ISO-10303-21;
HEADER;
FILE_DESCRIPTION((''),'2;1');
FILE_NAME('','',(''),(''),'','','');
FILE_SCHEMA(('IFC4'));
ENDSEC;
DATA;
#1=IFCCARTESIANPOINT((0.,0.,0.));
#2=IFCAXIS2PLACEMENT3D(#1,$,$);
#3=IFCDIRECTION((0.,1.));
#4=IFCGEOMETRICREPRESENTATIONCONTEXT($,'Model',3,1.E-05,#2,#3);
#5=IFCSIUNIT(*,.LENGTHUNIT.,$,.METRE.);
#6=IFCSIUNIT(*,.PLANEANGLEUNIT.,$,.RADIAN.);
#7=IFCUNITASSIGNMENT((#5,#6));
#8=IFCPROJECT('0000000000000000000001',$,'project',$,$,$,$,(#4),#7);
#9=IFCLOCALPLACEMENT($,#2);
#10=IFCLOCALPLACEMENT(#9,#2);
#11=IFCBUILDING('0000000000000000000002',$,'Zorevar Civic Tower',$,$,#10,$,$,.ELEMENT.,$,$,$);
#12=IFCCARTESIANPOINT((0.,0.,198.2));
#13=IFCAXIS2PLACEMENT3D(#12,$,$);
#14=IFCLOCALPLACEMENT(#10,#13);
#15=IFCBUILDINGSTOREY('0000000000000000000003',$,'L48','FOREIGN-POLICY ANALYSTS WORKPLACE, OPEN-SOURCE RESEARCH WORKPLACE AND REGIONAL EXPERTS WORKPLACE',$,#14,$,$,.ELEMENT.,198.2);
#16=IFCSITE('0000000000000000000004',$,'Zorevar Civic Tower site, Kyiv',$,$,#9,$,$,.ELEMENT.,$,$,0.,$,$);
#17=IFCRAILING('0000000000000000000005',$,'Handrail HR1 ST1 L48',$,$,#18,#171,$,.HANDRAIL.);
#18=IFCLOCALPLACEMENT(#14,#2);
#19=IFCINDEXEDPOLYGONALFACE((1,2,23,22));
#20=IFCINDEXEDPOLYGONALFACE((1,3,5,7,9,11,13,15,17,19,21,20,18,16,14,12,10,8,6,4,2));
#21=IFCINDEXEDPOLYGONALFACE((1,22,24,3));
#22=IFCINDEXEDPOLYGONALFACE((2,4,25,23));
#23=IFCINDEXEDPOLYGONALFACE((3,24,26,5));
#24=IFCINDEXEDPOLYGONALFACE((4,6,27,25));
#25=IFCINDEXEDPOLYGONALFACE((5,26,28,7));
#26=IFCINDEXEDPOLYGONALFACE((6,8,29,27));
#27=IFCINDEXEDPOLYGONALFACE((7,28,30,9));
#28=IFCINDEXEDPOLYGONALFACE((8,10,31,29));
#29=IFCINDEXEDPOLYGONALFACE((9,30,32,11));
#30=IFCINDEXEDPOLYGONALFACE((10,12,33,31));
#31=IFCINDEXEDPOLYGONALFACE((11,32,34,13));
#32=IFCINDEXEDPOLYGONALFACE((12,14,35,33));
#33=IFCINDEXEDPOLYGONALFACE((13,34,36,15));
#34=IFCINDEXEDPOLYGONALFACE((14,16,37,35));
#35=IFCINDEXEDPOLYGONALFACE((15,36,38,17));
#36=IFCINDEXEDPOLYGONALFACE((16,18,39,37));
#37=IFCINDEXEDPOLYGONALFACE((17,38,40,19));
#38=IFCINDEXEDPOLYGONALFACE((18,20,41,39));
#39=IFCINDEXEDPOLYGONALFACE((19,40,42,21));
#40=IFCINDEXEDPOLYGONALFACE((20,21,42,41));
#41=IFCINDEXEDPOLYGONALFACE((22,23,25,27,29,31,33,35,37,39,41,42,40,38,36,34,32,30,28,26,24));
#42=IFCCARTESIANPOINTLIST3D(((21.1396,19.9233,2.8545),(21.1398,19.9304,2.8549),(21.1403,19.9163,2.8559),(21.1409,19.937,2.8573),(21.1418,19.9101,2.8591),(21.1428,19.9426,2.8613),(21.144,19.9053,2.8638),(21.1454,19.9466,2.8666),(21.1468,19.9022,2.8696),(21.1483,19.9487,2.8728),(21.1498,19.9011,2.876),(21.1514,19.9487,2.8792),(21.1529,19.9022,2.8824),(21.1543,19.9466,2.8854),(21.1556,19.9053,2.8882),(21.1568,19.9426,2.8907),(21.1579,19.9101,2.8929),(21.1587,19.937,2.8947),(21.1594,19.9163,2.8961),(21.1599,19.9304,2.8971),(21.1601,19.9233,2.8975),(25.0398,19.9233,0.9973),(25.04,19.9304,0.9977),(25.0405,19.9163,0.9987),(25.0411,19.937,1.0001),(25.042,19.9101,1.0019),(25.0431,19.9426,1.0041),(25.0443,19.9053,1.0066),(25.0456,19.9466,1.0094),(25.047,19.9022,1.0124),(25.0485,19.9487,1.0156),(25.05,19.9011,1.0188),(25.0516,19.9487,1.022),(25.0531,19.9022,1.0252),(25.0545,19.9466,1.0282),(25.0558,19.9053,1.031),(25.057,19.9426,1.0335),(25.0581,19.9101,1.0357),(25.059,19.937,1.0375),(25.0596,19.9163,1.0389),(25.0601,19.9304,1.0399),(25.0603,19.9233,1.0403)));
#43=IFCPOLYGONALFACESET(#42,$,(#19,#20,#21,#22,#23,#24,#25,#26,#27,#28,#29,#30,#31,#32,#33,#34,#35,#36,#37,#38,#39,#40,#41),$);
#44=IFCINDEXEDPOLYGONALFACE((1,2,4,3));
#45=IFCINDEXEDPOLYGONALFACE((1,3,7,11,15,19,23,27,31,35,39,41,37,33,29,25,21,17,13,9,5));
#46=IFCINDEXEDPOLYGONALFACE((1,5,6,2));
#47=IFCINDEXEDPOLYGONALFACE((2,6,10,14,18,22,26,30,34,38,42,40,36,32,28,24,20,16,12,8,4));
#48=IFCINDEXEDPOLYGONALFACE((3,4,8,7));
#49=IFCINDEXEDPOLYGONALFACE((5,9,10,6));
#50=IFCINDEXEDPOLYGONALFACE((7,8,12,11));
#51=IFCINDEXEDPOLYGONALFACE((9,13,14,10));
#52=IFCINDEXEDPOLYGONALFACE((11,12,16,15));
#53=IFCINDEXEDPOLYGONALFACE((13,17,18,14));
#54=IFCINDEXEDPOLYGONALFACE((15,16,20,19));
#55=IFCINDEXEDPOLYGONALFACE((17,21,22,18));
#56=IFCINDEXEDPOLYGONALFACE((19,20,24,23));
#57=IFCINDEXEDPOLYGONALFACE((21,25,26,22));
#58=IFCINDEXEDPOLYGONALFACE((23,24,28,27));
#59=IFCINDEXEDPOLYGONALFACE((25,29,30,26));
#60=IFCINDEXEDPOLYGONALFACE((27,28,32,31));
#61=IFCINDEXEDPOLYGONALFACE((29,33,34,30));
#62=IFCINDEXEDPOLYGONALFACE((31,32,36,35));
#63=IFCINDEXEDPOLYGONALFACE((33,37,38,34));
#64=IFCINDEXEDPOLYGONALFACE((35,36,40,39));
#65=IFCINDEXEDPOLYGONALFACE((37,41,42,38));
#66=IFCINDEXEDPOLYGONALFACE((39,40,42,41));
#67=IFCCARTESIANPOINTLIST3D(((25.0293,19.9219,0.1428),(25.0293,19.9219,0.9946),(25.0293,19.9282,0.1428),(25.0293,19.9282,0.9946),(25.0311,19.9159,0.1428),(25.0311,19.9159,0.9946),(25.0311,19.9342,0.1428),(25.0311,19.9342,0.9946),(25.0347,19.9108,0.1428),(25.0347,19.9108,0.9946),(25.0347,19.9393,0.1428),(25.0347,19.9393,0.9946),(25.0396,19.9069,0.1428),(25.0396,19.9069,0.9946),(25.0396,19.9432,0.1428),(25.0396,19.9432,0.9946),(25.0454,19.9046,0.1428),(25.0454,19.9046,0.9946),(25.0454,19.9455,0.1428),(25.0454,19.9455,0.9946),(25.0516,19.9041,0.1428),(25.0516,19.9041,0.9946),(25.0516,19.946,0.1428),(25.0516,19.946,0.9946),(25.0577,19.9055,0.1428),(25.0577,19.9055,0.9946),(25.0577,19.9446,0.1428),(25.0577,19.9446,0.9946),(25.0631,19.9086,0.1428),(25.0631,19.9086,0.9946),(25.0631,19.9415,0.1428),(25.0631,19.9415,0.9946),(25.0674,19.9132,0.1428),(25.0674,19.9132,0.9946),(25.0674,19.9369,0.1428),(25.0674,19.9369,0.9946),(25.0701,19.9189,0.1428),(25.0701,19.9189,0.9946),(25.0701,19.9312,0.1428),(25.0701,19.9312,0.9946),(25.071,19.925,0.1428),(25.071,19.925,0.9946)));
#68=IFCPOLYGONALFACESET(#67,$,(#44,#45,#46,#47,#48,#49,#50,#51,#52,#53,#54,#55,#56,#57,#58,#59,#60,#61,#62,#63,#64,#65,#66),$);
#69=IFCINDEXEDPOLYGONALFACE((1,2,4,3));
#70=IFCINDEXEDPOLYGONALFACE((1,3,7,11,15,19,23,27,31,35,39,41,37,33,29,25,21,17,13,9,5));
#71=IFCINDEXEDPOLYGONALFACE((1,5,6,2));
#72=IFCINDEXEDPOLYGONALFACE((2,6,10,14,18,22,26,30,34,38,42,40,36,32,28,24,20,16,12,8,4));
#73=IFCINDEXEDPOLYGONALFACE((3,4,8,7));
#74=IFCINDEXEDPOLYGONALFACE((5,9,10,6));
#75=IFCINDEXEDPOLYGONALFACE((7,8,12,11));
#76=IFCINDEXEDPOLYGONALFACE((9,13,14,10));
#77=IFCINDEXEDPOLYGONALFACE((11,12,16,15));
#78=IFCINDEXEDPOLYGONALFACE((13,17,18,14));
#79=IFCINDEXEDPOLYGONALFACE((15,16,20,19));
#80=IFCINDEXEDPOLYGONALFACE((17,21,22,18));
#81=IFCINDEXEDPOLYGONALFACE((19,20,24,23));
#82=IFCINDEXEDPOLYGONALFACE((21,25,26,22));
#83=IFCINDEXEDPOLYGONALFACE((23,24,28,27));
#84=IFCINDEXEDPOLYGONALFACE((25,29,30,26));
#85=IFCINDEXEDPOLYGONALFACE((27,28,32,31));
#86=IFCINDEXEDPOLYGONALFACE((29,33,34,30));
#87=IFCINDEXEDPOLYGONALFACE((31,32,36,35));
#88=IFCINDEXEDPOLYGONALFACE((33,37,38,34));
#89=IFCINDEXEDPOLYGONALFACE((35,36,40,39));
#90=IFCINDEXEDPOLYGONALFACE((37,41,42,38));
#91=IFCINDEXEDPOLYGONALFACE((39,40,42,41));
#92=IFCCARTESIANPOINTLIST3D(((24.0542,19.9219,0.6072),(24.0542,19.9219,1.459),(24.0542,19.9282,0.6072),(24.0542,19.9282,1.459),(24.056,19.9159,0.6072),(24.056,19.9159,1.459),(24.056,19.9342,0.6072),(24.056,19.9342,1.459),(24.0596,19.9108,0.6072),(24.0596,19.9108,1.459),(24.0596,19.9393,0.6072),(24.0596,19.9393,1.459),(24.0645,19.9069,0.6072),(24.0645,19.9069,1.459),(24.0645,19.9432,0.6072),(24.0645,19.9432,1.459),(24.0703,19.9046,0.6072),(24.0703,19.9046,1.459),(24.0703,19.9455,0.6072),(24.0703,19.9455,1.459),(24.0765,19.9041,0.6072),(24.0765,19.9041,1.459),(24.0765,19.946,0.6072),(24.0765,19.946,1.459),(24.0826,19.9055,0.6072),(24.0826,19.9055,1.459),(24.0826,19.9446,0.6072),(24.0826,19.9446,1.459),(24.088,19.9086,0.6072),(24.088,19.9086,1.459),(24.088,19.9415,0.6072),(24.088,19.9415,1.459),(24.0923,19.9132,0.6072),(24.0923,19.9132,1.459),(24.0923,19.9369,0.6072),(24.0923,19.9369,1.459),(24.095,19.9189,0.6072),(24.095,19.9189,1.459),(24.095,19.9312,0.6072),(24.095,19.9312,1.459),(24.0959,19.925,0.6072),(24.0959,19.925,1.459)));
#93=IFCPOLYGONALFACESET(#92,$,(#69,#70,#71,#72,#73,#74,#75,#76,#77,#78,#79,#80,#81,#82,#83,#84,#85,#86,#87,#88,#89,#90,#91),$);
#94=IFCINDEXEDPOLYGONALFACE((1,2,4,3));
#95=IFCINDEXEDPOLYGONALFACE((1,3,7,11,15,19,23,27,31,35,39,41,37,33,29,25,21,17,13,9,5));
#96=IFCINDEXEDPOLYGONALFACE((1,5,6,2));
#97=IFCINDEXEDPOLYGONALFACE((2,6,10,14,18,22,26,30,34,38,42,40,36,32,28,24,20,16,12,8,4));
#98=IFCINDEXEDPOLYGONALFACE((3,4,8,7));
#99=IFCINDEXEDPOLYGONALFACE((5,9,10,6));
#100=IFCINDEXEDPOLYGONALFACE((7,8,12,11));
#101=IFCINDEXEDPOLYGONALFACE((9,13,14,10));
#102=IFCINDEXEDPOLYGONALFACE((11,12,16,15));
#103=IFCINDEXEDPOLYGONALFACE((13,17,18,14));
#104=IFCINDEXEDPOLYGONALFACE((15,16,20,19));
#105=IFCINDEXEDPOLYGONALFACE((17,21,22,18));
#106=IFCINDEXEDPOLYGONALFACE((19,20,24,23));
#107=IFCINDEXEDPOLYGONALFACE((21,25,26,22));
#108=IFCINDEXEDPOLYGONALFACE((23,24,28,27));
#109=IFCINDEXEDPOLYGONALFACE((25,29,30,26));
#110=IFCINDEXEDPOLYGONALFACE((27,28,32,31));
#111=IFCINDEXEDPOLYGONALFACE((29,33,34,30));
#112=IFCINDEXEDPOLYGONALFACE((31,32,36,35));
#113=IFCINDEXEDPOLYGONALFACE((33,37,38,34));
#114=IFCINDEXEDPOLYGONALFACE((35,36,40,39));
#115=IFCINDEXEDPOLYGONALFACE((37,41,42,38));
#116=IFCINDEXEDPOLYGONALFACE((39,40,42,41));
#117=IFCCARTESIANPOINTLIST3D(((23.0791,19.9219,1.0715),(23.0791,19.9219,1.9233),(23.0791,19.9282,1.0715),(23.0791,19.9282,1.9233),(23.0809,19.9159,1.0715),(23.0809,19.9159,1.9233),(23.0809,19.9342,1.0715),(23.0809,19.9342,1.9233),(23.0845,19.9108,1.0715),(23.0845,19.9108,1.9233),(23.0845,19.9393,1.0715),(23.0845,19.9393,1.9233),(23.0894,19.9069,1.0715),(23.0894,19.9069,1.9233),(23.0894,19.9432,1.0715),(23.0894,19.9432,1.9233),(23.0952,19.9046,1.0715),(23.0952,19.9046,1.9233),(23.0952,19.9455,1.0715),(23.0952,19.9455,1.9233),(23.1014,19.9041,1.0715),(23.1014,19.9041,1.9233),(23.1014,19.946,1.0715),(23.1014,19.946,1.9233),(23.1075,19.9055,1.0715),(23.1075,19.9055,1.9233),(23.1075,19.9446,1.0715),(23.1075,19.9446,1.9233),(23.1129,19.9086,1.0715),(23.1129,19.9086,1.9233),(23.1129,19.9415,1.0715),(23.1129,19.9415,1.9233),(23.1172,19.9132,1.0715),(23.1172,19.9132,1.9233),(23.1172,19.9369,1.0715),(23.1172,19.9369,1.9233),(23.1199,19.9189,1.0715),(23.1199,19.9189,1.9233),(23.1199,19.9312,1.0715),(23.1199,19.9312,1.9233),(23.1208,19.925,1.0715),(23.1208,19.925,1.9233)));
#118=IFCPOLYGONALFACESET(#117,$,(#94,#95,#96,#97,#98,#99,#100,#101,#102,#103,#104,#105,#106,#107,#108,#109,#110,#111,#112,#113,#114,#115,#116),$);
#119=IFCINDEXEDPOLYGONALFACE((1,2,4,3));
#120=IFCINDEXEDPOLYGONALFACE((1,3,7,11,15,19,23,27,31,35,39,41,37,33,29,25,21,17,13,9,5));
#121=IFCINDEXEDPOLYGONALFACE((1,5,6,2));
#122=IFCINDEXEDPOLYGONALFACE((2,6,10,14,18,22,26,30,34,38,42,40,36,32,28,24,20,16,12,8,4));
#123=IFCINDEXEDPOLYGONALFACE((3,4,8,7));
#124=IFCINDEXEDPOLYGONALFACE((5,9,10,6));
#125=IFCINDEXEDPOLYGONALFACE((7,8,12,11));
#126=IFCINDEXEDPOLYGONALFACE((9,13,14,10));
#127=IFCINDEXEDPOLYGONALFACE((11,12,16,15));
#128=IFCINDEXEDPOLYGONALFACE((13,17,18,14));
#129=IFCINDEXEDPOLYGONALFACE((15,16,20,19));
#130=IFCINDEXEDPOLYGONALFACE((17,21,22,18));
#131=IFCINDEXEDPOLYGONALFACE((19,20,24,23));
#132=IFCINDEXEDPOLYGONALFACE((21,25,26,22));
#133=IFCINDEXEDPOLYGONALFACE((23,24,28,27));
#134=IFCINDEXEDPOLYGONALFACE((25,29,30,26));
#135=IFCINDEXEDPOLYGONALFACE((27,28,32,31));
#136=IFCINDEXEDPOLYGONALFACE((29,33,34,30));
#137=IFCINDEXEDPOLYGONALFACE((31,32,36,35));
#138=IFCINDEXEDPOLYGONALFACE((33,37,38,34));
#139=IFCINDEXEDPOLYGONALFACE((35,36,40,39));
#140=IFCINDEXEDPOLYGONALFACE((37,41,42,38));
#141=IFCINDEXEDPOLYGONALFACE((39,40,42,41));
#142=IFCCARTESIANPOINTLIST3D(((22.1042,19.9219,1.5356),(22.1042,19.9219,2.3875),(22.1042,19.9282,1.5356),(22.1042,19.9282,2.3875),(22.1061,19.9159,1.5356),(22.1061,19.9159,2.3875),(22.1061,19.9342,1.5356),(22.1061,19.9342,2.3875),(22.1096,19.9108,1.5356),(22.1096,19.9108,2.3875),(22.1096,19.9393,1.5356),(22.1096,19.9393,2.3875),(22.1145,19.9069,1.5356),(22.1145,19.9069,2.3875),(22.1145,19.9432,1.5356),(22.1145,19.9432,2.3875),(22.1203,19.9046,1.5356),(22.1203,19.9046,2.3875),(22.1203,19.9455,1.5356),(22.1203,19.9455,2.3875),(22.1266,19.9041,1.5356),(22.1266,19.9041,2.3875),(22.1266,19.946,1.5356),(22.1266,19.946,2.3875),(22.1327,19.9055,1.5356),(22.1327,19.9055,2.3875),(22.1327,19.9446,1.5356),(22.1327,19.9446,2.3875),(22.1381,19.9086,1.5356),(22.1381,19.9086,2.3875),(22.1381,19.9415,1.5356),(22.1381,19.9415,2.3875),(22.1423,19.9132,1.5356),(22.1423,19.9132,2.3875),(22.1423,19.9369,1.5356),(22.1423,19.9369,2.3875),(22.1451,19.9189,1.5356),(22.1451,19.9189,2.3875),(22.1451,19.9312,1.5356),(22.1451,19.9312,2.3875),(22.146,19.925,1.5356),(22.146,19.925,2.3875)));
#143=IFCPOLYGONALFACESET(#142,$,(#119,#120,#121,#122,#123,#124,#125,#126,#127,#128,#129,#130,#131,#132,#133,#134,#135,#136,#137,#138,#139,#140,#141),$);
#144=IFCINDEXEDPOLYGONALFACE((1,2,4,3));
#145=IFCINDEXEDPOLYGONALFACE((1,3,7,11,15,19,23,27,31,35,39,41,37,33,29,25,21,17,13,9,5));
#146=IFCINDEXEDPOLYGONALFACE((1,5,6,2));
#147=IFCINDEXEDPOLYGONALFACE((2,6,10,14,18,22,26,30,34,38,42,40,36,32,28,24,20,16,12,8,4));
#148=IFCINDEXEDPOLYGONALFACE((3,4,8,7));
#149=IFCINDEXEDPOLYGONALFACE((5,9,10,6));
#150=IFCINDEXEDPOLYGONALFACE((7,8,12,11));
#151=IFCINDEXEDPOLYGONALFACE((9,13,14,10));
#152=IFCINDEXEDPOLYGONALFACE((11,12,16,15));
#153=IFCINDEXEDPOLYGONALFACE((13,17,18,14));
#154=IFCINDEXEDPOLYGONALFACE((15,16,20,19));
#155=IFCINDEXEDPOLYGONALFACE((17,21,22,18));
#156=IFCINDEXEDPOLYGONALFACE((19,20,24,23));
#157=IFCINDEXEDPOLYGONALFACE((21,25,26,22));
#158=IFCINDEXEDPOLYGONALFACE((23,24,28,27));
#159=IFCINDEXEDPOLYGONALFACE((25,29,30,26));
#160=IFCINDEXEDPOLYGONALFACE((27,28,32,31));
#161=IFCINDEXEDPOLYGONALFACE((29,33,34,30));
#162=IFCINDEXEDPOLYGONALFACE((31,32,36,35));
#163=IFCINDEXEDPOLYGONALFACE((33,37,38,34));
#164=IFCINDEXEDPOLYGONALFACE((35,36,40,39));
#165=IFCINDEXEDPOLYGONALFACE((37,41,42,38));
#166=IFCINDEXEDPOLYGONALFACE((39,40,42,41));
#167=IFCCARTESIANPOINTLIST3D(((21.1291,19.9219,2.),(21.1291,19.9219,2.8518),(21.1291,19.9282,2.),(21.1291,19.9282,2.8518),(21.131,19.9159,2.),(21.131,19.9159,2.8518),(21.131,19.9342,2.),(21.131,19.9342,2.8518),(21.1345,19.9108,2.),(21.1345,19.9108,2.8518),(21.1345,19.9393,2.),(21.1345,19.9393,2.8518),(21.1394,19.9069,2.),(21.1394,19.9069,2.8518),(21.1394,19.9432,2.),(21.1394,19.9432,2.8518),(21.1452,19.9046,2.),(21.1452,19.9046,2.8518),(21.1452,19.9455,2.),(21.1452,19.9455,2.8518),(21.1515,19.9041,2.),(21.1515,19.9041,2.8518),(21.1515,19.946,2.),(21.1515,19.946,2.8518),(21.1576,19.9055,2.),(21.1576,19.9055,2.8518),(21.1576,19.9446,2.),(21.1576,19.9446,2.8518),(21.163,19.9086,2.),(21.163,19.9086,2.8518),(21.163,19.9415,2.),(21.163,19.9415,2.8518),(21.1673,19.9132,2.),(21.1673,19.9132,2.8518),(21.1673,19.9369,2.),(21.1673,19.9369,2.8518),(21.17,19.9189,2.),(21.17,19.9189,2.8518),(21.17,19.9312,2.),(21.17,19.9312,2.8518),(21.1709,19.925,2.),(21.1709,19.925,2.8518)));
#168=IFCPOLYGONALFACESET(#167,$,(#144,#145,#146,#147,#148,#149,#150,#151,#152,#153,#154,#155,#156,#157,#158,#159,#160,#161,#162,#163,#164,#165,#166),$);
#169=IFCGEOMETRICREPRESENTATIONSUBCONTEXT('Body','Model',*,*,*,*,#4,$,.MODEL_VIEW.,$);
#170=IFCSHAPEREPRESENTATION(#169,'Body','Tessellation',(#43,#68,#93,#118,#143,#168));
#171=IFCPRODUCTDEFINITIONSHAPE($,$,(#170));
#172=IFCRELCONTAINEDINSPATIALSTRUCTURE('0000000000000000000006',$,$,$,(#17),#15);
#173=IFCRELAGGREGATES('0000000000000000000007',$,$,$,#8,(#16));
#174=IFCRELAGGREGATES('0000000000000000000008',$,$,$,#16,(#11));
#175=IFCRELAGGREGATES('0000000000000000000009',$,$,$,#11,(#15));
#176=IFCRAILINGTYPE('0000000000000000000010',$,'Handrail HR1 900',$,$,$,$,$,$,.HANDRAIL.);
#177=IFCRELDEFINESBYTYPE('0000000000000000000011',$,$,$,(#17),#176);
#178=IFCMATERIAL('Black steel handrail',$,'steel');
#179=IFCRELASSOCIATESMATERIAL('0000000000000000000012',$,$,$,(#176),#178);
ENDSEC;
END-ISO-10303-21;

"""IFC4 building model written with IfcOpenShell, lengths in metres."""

from ifc_helpers import new_model, si_unit, direction, frame, origin, origin_2d, place, context, subcontext, project, spatial, circle, extrude, material, type_object, element, save


model = new_model("IFC4")

# Units and contexts
model_context = context("Model", 3, precision=1e-05, world=origin(), true_north=direction((0.0, 1.0)))
body_context = subcontext(model_context, "Body", "Model", "MODEL_VIEW")
ifc_project = project(units=[si_unit("LENGTHUNIT", "METRE"), si_unit("PLANEANGLEUNIT", "RADIAN")], contexts=[model_context])

# Site, building, storey
site_placement = place(None, origin())
site = spatial("IfcSite", under=ifc_project, at=site_placement, Name="Zorevar Civic Tower site, Kyiv", CompositionType="ELEMENT", RefElevation=0.0)
building_placement = place(site_placement, origin())
building = spatial("IfcBuilding", under=site, at=building_placement, Name="Zorevar Civic Tower", CompositionType="ELEMENT")
storey_placement = place(building_placement, frame((0.0, 0.0, 198.2)))
storey = spatial("IfcBuildingStorey", under=building, at=storey_placement, Name="L48", Description="FOREIGN-POLICY ANALYSTS WORKPLACE, OPEN-SOURCE RESEARCH WORKPLACE AND REGIONAL EXPERTS WORKPLACE", CompositionType="ELEMENT", Elevation=198.2)

# Railing
ifc_material_1 = material(Name="Black steel handrail", Category="steel")
railing_type = type_object("IfcRailingType", Name="Handrail HR1 900", PredefinedType="HANDRAIL", material=ifc_material_1)
railing_placement = place(storey_placement, frame((25.05, 19.925, 0.1428)))
element("IfcRailing", 1, at=railing_placement, inside=storey, type_object=railing_type, Name="Handrail HR1 ST1 L48", PredefinedType="HANDRAIL", context=body_context, shape_type="SweptSolid", body=[
    extrude(circle(Radius=0.0239, at=origin_2d()), frame((0.0, 0.0, 0.876), z_axis=(-0.902864, 0.0, 0.429927), x_axis=(0.0, -1.0, 0.0)), (0.0, 0.0, 1.0), 4.3198),
    extrude(circle(Radius=0.021, at=origin_2d()), origin(), (0.0, 0.0, 1.0), 0.8518),
    extrude(circle(Radius=0.021, at=origin_2d()), frame((-0.9751, 0.0, 0.4644)), (0.0, 0.0, 1.0), 0.8518),
    extrude(circle(Radius=0.021, at=origin_2d()), frame((-1.9502, 0.0, 0.9287)), (0.0, 0.0, 1.0), 0.8518),
    extrude(circle(Radius=0.021, at=origin_2d()), frame((-2.925, 0.0, 1.3928)), (0.0, 0.0, 1.0), 0.8518),
    extrude(circle(Radius=0.021, at=origin_2d()), frame((-3.9001, 0.0, 1.8572)), (0.0, 0.0, 1.0), 0.8518),
])

save(model, "model.ifc")
